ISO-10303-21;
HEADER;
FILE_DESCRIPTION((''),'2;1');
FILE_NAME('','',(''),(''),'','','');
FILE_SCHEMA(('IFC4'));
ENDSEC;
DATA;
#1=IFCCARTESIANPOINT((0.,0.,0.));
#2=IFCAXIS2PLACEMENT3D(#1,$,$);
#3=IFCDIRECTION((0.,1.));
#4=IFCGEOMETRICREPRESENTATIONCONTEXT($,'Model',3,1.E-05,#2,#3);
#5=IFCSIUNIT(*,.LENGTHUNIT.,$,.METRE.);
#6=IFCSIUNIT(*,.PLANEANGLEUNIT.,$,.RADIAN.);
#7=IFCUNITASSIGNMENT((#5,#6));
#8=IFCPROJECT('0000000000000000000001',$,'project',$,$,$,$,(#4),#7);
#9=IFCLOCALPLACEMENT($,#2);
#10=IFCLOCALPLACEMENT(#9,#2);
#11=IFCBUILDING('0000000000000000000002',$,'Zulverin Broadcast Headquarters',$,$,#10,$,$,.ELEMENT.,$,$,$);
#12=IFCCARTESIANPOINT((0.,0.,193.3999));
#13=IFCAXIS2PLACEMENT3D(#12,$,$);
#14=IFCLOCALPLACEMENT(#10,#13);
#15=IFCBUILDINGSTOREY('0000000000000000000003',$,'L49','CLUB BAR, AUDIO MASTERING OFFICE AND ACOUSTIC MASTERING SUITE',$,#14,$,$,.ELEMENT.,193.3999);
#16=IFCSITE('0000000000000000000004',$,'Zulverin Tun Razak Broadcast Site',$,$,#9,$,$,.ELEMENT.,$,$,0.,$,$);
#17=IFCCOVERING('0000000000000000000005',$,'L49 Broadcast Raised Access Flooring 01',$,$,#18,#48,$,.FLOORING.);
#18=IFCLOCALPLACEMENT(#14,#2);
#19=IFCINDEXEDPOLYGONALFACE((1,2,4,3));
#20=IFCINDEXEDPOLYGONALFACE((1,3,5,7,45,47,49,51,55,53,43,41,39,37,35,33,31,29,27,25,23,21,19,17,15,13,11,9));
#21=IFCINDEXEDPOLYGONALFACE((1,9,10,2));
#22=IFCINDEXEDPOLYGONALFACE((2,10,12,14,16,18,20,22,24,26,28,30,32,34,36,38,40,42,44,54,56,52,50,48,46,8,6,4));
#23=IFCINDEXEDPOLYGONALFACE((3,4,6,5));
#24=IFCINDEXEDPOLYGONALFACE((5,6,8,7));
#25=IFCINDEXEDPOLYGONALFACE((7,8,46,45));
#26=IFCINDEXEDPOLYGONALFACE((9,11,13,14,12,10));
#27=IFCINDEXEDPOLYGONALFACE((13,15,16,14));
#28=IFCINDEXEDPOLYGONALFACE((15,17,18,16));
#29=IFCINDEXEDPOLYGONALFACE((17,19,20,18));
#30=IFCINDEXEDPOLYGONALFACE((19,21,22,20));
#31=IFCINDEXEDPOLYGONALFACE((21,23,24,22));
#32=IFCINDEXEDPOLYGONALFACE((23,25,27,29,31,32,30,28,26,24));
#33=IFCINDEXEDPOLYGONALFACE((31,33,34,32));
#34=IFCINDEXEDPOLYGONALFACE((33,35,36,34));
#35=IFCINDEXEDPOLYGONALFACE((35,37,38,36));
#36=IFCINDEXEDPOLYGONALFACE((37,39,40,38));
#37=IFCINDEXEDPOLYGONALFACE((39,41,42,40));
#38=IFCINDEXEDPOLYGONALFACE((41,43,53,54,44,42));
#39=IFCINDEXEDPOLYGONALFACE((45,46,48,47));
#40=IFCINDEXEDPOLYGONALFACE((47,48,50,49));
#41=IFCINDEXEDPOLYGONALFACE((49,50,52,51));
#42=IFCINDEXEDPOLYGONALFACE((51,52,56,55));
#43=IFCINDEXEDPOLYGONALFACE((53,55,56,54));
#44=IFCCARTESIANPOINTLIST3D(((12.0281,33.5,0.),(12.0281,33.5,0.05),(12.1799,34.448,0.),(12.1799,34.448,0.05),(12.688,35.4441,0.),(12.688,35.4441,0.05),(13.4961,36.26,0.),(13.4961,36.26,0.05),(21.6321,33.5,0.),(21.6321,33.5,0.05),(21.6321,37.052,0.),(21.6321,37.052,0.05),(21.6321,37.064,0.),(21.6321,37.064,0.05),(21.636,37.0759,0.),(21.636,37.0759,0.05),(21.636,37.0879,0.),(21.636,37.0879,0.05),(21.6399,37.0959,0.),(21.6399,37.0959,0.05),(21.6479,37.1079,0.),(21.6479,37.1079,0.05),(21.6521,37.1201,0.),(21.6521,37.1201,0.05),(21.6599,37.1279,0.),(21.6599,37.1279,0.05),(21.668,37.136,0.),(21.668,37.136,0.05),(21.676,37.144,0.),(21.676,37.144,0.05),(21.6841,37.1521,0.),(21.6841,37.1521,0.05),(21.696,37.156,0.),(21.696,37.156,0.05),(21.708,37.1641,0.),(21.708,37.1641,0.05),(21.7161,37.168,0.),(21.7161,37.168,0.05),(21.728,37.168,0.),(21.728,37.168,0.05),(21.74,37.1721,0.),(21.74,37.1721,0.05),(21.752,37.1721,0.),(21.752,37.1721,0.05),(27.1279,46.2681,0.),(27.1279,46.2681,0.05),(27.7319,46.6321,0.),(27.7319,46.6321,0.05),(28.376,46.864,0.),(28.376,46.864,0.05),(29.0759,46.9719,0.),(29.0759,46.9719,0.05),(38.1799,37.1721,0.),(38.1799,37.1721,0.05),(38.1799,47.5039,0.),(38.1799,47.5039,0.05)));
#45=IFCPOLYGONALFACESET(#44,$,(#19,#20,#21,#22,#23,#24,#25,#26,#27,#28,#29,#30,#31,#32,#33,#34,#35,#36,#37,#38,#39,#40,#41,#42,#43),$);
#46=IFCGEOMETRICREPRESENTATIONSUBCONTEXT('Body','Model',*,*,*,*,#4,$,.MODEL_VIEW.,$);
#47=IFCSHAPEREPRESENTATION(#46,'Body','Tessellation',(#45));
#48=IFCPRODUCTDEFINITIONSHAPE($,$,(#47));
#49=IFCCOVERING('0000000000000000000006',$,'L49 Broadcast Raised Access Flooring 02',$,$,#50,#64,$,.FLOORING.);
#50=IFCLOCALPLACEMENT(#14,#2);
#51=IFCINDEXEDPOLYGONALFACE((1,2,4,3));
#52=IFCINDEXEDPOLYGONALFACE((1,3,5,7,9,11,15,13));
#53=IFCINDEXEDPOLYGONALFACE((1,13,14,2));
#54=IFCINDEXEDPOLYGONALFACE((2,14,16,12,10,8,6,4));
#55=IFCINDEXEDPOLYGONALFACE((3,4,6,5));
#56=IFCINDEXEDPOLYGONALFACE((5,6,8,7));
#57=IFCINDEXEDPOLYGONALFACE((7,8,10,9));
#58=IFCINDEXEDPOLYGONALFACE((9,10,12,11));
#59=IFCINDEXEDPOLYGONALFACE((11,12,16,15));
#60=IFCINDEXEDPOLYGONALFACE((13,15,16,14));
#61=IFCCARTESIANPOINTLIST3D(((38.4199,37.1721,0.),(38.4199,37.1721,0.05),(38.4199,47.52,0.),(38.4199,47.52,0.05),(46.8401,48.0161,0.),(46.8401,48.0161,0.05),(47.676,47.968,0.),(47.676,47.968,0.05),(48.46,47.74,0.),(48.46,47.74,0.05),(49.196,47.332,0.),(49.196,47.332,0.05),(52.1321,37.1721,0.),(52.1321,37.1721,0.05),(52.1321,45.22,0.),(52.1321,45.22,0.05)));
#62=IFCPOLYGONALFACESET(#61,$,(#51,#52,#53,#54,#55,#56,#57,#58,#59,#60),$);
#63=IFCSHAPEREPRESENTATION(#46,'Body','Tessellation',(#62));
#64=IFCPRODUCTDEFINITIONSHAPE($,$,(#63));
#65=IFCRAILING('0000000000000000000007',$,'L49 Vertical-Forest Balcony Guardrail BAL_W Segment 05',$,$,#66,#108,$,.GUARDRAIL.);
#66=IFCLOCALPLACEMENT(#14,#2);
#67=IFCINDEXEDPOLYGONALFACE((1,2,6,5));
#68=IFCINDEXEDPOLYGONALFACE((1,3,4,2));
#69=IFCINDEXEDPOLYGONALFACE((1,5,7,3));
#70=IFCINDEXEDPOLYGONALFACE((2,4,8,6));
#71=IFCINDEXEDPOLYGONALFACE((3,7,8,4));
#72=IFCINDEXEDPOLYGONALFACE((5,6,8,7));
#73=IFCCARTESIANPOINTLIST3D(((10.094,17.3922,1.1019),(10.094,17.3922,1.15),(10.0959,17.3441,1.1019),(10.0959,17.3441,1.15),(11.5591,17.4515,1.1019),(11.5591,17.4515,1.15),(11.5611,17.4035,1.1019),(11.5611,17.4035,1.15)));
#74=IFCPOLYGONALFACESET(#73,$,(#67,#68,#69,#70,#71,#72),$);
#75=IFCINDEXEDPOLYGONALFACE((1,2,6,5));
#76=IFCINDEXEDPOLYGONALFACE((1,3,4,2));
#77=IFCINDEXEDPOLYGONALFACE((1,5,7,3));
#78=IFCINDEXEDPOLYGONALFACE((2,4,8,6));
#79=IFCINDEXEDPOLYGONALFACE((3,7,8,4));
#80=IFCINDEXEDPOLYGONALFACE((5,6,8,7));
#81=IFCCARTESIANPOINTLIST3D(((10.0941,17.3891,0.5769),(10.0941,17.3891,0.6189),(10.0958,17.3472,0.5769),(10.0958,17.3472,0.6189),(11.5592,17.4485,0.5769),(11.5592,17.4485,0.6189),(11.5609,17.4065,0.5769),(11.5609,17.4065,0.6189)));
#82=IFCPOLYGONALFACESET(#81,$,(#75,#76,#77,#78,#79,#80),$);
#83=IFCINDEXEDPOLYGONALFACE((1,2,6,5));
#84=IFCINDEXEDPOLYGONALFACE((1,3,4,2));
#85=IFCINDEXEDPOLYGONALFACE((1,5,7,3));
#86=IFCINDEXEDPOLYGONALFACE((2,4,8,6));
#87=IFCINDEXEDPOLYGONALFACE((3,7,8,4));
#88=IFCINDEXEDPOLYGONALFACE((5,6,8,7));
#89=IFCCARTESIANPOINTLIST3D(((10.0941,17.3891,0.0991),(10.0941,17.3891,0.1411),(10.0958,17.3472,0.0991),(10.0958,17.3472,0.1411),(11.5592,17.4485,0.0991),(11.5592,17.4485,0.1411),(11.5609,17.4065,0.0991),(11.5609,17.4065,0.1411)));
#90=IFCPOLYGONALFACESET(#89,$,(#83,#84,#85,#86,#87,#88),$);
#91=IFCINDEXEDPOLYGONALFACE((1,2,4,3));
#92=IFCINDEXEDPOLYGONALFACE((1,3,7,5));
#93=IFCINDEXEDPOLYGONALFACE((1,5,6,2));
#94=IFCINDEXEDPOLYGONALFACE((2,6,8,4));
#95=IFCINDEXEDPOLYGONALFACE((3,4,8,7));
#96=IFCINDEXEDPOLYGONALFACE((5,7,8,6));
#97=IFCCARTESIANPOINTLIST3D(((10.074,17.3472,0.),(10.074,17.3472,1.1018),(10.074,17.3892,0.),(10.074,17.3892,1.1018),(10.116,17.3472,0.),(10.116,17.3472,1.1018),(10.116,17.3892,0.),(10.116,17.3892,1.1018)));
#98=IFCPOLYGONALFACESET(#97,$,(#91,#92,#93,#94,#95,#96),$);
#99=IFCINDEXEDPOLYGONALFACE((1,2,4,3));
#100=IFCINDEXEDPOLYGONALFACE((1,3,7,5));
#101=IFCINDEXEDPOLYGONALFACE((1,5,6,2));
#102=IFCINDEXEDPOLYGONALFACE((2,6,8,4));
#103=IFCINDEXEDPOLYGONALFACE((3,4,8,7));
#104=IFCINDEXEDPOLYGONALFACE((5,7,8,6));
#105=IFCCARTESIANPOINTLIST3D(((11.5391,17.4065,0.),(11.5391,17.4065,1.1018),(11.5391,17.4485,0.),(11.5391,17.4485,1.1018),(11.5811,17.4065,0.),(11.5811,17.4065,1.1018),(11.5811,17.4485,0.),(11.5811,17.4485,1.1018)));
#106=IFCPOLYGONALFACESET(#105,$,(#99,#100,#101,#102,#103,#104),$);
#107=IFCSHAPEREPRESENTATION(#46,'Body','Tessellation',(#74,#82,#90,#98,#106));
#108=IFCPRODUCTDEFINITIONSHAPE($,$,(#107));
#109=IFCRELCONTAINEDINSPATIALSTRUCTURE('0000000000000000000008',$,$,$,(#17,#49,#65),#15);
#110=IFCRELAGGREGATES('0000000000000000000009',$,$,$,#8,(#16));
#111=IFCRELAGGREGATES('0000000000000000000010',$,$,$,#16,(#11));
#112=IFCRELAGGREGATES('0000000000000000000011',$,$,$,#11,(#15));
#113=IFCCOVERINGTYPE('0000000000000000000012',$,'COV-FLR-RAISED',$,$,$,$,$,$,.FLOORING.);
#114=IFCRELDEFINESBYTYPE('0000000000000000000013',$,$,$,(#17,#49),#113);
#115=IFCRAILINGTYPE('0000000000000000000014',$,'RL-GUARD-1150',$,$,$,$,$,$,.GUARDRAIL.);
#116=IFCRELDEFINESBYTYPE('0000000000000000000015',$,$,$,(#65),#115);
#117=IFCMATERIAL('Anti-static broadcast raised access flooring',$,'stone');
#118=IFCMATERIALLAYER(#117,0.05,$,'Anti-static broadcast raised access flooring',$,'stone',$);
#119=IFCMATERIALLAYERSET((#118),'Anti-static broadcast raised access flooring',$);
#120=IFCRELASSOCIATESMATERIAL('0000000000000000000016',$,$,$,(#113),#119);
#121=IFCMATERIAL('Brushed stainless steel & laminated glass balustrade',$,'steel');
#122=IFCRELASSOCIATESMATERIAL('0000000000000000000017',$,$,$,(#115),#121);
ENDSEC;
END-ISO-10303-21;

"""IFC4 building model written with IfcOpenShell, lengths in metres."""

from ifc_helpers import new_model, si_unit, direction, frame, origin, origin_2d, place, context, subcontext, project, spatial, polyline, rectangle, outline, extrude, material, layer, layer_set, type_object, element, save


model = new_model("IFC4")

# Units and contexts
model_context = context("Model", 3, precision=1e-05, world=origin(), true_north=direction((0.0, 1.0)))
body_context = subcontext(model_context, "Body", "Model", "MODEL_VIEW")
ifc_project = project(units=[si_unit("LENGTHUNIT", "METRE"), si_unit("PLANEANGLEUNIT", "RADIAN")], contexts=[model_context])

# Site, building, storey
site_placement = place(None, origin())
site = spatial("IfcSite", under=ifc_project, at=site_placement, Name="Zulverin Tun Razak Broadcast Site", CompositionType="ELEMENT", RefElevation=0.0)
building_placement = place(site_placement, origin())
building = spatial("IfcBuilding", under=site, at=building_placement, Name="Zulverin Broadcast Headquarters", CompositionType="ELEMENT")
storey_placement = place(building_placement, frame((0.0, 0.0, 193.3999)))
storey = spatial("IfcBuildingStorey", under=building, at=storey_placement, Name="L49", Description="CLUB BAR, AUDIO MASTERING OFFICE AND ACOUSTIC MASTERING SUITE", CompositionType="ELEMENT", Elevation=193.3999)

# Coverings
ifc_material_1 = material(Name="Anti-static broadcast raised access flooring", Category="stone")
ifc_layer_1 = layer(ifc_material_1, 0.05, Name="Anti-static broadcast raised access flooring", Category="stone")
ifc_layer_set_1 = layer_set([ifc_layer_1], Name="Anti-static broadcast raised access flooring")
covering_type_1 = type_object("IfcCoveringType", Name="COV-FLR-RAISED", PredefinedType="FLOORING", material=ifc_layer_set_1)
covering_1_placement = place(storey_placement, origin())
element("IfcCovering", 1, at=covering_1_placement, inside=storey, type_object=covering_type_1, Name="L49 Broadcast Raised Access Flooring 01", PredefinedType="FLOORING", context=body_context, shape_type="SweptSolid", body=[
    extrude(outline(polyline([(28.376, 46.864), (27.7319, 46.6321), (27.1279, 46.2681), (13.4961, 36.26), (12.688, 35.4441), (12.1799, 34.448), (12.0281, 33.5), (21.6321, 33.5), (21.6321, 37.052), (21.6321, 37.064), (21.636, 37.0759), (21.636, 37.0879), (21.6399, 37.0959), (21.6479, 37.1079), (21.6521, 37.1201), (21.6599, 37.1279), (21.668, 37.136), (21.676, 37.144), (21.6841, 37.1521), (21.696, 37.156), (21.708, 37.1641), (21.7161, 37.168), (21.728, 37.168), (21.74, 37.1721), (21.752, 37.1721), (38.1799, 37.1721), (38.1799, 47.5039), (29.0759, 46.9719), (28.376, 46.864)])), origin(), (0.0, 0.0, 1.0), 0.05),
])
covering_2_placement = place(storey_placement, origin())
element("IfcCovering", 2, at=covering_2_placement, inside=storey, type_object=covering_type_1, Name="L49 Broadcast Raised Access Flooring 02", PredefinedType="FLOORING", context=body_context, shape_type="SweptSolid", body=[
    extrude(outline(polyline([(52.1321, 37.1721), (52.1321, 45.22), (49.196, 47.332), (48.46, 47.74), (47.676, 47.968), (46.8401, 48.0161), (38.4199, 47.52), (38.4199, 37.1721), (52.1321, 37.1721)])), origin(), (0.0, 0.0, 1.0), 0.05),
])

# Railing
ifc_material_2 = material(Name="Brushed stainless steel & laminated glass balustrade", Category="steel")
railing_type = type_object("IfcRailingType", Name="RL-GUARD-1150", PredefinedType="GUARDRAIL", material=ifc_material_2)
railing_placement = place(storey_placement, frame((10.095, 17.3682, 0.0)))
element("IfcRailing", 3, at=railing_placement, inside=storey, type_object=railing_type, Name="L49 Vertical-Forest Balcony Guardrail BAL_W Segment 05", PredefinedType="GUARDRAIL", context=body_context, shape_type="SweptSolid", body=[
    extrude(rectangle(XDim=0.0481, YDim=0.0481, at=origin_2d()), frame((0.0, 0.0, 1.126), z_axis=(0.999181, 0.04046, 0.0), x_axis=(-0.04046, 0.999181, 0.0)), (0.0, 0.0, 1.0), 1.4663),
    extrude(rectangle(XDim=0.042, YDim=0.042, at=origin_2d()), frame((0.0, 0.0, 0.5979), z_axis=(0.999181, 0.04046, 0.0), x_axis=(-0.04046, 0.999181, 0.0)), (0.0, 0.0, 1.0), 1.4663),
    extrude(rectangle(XDim=0.042, YDim=0.042, at=origin_2d()), frame((0.0, 0.0, 0.1201), z_axis=(0.999181, 0.04046, 0.0), x_axis=(-0.04046, 0.999181, 0.0)), (0.0, 0.0, 1.0), 1.4663),
    extrude(rectangle(XDim=0.042, YDim=0.042, at=origin_2d()), origin(), (0.0, 0.0, 1.0), 1.1018),
    extrude(rectangle(XDim=0.042, YDim=0.042, at=origin_2d()), frame((1.4651, 0.0593, 0.0)), (0.0, 0.0, 1.0), 1.1018),
])

save(model, "model.ifc")
